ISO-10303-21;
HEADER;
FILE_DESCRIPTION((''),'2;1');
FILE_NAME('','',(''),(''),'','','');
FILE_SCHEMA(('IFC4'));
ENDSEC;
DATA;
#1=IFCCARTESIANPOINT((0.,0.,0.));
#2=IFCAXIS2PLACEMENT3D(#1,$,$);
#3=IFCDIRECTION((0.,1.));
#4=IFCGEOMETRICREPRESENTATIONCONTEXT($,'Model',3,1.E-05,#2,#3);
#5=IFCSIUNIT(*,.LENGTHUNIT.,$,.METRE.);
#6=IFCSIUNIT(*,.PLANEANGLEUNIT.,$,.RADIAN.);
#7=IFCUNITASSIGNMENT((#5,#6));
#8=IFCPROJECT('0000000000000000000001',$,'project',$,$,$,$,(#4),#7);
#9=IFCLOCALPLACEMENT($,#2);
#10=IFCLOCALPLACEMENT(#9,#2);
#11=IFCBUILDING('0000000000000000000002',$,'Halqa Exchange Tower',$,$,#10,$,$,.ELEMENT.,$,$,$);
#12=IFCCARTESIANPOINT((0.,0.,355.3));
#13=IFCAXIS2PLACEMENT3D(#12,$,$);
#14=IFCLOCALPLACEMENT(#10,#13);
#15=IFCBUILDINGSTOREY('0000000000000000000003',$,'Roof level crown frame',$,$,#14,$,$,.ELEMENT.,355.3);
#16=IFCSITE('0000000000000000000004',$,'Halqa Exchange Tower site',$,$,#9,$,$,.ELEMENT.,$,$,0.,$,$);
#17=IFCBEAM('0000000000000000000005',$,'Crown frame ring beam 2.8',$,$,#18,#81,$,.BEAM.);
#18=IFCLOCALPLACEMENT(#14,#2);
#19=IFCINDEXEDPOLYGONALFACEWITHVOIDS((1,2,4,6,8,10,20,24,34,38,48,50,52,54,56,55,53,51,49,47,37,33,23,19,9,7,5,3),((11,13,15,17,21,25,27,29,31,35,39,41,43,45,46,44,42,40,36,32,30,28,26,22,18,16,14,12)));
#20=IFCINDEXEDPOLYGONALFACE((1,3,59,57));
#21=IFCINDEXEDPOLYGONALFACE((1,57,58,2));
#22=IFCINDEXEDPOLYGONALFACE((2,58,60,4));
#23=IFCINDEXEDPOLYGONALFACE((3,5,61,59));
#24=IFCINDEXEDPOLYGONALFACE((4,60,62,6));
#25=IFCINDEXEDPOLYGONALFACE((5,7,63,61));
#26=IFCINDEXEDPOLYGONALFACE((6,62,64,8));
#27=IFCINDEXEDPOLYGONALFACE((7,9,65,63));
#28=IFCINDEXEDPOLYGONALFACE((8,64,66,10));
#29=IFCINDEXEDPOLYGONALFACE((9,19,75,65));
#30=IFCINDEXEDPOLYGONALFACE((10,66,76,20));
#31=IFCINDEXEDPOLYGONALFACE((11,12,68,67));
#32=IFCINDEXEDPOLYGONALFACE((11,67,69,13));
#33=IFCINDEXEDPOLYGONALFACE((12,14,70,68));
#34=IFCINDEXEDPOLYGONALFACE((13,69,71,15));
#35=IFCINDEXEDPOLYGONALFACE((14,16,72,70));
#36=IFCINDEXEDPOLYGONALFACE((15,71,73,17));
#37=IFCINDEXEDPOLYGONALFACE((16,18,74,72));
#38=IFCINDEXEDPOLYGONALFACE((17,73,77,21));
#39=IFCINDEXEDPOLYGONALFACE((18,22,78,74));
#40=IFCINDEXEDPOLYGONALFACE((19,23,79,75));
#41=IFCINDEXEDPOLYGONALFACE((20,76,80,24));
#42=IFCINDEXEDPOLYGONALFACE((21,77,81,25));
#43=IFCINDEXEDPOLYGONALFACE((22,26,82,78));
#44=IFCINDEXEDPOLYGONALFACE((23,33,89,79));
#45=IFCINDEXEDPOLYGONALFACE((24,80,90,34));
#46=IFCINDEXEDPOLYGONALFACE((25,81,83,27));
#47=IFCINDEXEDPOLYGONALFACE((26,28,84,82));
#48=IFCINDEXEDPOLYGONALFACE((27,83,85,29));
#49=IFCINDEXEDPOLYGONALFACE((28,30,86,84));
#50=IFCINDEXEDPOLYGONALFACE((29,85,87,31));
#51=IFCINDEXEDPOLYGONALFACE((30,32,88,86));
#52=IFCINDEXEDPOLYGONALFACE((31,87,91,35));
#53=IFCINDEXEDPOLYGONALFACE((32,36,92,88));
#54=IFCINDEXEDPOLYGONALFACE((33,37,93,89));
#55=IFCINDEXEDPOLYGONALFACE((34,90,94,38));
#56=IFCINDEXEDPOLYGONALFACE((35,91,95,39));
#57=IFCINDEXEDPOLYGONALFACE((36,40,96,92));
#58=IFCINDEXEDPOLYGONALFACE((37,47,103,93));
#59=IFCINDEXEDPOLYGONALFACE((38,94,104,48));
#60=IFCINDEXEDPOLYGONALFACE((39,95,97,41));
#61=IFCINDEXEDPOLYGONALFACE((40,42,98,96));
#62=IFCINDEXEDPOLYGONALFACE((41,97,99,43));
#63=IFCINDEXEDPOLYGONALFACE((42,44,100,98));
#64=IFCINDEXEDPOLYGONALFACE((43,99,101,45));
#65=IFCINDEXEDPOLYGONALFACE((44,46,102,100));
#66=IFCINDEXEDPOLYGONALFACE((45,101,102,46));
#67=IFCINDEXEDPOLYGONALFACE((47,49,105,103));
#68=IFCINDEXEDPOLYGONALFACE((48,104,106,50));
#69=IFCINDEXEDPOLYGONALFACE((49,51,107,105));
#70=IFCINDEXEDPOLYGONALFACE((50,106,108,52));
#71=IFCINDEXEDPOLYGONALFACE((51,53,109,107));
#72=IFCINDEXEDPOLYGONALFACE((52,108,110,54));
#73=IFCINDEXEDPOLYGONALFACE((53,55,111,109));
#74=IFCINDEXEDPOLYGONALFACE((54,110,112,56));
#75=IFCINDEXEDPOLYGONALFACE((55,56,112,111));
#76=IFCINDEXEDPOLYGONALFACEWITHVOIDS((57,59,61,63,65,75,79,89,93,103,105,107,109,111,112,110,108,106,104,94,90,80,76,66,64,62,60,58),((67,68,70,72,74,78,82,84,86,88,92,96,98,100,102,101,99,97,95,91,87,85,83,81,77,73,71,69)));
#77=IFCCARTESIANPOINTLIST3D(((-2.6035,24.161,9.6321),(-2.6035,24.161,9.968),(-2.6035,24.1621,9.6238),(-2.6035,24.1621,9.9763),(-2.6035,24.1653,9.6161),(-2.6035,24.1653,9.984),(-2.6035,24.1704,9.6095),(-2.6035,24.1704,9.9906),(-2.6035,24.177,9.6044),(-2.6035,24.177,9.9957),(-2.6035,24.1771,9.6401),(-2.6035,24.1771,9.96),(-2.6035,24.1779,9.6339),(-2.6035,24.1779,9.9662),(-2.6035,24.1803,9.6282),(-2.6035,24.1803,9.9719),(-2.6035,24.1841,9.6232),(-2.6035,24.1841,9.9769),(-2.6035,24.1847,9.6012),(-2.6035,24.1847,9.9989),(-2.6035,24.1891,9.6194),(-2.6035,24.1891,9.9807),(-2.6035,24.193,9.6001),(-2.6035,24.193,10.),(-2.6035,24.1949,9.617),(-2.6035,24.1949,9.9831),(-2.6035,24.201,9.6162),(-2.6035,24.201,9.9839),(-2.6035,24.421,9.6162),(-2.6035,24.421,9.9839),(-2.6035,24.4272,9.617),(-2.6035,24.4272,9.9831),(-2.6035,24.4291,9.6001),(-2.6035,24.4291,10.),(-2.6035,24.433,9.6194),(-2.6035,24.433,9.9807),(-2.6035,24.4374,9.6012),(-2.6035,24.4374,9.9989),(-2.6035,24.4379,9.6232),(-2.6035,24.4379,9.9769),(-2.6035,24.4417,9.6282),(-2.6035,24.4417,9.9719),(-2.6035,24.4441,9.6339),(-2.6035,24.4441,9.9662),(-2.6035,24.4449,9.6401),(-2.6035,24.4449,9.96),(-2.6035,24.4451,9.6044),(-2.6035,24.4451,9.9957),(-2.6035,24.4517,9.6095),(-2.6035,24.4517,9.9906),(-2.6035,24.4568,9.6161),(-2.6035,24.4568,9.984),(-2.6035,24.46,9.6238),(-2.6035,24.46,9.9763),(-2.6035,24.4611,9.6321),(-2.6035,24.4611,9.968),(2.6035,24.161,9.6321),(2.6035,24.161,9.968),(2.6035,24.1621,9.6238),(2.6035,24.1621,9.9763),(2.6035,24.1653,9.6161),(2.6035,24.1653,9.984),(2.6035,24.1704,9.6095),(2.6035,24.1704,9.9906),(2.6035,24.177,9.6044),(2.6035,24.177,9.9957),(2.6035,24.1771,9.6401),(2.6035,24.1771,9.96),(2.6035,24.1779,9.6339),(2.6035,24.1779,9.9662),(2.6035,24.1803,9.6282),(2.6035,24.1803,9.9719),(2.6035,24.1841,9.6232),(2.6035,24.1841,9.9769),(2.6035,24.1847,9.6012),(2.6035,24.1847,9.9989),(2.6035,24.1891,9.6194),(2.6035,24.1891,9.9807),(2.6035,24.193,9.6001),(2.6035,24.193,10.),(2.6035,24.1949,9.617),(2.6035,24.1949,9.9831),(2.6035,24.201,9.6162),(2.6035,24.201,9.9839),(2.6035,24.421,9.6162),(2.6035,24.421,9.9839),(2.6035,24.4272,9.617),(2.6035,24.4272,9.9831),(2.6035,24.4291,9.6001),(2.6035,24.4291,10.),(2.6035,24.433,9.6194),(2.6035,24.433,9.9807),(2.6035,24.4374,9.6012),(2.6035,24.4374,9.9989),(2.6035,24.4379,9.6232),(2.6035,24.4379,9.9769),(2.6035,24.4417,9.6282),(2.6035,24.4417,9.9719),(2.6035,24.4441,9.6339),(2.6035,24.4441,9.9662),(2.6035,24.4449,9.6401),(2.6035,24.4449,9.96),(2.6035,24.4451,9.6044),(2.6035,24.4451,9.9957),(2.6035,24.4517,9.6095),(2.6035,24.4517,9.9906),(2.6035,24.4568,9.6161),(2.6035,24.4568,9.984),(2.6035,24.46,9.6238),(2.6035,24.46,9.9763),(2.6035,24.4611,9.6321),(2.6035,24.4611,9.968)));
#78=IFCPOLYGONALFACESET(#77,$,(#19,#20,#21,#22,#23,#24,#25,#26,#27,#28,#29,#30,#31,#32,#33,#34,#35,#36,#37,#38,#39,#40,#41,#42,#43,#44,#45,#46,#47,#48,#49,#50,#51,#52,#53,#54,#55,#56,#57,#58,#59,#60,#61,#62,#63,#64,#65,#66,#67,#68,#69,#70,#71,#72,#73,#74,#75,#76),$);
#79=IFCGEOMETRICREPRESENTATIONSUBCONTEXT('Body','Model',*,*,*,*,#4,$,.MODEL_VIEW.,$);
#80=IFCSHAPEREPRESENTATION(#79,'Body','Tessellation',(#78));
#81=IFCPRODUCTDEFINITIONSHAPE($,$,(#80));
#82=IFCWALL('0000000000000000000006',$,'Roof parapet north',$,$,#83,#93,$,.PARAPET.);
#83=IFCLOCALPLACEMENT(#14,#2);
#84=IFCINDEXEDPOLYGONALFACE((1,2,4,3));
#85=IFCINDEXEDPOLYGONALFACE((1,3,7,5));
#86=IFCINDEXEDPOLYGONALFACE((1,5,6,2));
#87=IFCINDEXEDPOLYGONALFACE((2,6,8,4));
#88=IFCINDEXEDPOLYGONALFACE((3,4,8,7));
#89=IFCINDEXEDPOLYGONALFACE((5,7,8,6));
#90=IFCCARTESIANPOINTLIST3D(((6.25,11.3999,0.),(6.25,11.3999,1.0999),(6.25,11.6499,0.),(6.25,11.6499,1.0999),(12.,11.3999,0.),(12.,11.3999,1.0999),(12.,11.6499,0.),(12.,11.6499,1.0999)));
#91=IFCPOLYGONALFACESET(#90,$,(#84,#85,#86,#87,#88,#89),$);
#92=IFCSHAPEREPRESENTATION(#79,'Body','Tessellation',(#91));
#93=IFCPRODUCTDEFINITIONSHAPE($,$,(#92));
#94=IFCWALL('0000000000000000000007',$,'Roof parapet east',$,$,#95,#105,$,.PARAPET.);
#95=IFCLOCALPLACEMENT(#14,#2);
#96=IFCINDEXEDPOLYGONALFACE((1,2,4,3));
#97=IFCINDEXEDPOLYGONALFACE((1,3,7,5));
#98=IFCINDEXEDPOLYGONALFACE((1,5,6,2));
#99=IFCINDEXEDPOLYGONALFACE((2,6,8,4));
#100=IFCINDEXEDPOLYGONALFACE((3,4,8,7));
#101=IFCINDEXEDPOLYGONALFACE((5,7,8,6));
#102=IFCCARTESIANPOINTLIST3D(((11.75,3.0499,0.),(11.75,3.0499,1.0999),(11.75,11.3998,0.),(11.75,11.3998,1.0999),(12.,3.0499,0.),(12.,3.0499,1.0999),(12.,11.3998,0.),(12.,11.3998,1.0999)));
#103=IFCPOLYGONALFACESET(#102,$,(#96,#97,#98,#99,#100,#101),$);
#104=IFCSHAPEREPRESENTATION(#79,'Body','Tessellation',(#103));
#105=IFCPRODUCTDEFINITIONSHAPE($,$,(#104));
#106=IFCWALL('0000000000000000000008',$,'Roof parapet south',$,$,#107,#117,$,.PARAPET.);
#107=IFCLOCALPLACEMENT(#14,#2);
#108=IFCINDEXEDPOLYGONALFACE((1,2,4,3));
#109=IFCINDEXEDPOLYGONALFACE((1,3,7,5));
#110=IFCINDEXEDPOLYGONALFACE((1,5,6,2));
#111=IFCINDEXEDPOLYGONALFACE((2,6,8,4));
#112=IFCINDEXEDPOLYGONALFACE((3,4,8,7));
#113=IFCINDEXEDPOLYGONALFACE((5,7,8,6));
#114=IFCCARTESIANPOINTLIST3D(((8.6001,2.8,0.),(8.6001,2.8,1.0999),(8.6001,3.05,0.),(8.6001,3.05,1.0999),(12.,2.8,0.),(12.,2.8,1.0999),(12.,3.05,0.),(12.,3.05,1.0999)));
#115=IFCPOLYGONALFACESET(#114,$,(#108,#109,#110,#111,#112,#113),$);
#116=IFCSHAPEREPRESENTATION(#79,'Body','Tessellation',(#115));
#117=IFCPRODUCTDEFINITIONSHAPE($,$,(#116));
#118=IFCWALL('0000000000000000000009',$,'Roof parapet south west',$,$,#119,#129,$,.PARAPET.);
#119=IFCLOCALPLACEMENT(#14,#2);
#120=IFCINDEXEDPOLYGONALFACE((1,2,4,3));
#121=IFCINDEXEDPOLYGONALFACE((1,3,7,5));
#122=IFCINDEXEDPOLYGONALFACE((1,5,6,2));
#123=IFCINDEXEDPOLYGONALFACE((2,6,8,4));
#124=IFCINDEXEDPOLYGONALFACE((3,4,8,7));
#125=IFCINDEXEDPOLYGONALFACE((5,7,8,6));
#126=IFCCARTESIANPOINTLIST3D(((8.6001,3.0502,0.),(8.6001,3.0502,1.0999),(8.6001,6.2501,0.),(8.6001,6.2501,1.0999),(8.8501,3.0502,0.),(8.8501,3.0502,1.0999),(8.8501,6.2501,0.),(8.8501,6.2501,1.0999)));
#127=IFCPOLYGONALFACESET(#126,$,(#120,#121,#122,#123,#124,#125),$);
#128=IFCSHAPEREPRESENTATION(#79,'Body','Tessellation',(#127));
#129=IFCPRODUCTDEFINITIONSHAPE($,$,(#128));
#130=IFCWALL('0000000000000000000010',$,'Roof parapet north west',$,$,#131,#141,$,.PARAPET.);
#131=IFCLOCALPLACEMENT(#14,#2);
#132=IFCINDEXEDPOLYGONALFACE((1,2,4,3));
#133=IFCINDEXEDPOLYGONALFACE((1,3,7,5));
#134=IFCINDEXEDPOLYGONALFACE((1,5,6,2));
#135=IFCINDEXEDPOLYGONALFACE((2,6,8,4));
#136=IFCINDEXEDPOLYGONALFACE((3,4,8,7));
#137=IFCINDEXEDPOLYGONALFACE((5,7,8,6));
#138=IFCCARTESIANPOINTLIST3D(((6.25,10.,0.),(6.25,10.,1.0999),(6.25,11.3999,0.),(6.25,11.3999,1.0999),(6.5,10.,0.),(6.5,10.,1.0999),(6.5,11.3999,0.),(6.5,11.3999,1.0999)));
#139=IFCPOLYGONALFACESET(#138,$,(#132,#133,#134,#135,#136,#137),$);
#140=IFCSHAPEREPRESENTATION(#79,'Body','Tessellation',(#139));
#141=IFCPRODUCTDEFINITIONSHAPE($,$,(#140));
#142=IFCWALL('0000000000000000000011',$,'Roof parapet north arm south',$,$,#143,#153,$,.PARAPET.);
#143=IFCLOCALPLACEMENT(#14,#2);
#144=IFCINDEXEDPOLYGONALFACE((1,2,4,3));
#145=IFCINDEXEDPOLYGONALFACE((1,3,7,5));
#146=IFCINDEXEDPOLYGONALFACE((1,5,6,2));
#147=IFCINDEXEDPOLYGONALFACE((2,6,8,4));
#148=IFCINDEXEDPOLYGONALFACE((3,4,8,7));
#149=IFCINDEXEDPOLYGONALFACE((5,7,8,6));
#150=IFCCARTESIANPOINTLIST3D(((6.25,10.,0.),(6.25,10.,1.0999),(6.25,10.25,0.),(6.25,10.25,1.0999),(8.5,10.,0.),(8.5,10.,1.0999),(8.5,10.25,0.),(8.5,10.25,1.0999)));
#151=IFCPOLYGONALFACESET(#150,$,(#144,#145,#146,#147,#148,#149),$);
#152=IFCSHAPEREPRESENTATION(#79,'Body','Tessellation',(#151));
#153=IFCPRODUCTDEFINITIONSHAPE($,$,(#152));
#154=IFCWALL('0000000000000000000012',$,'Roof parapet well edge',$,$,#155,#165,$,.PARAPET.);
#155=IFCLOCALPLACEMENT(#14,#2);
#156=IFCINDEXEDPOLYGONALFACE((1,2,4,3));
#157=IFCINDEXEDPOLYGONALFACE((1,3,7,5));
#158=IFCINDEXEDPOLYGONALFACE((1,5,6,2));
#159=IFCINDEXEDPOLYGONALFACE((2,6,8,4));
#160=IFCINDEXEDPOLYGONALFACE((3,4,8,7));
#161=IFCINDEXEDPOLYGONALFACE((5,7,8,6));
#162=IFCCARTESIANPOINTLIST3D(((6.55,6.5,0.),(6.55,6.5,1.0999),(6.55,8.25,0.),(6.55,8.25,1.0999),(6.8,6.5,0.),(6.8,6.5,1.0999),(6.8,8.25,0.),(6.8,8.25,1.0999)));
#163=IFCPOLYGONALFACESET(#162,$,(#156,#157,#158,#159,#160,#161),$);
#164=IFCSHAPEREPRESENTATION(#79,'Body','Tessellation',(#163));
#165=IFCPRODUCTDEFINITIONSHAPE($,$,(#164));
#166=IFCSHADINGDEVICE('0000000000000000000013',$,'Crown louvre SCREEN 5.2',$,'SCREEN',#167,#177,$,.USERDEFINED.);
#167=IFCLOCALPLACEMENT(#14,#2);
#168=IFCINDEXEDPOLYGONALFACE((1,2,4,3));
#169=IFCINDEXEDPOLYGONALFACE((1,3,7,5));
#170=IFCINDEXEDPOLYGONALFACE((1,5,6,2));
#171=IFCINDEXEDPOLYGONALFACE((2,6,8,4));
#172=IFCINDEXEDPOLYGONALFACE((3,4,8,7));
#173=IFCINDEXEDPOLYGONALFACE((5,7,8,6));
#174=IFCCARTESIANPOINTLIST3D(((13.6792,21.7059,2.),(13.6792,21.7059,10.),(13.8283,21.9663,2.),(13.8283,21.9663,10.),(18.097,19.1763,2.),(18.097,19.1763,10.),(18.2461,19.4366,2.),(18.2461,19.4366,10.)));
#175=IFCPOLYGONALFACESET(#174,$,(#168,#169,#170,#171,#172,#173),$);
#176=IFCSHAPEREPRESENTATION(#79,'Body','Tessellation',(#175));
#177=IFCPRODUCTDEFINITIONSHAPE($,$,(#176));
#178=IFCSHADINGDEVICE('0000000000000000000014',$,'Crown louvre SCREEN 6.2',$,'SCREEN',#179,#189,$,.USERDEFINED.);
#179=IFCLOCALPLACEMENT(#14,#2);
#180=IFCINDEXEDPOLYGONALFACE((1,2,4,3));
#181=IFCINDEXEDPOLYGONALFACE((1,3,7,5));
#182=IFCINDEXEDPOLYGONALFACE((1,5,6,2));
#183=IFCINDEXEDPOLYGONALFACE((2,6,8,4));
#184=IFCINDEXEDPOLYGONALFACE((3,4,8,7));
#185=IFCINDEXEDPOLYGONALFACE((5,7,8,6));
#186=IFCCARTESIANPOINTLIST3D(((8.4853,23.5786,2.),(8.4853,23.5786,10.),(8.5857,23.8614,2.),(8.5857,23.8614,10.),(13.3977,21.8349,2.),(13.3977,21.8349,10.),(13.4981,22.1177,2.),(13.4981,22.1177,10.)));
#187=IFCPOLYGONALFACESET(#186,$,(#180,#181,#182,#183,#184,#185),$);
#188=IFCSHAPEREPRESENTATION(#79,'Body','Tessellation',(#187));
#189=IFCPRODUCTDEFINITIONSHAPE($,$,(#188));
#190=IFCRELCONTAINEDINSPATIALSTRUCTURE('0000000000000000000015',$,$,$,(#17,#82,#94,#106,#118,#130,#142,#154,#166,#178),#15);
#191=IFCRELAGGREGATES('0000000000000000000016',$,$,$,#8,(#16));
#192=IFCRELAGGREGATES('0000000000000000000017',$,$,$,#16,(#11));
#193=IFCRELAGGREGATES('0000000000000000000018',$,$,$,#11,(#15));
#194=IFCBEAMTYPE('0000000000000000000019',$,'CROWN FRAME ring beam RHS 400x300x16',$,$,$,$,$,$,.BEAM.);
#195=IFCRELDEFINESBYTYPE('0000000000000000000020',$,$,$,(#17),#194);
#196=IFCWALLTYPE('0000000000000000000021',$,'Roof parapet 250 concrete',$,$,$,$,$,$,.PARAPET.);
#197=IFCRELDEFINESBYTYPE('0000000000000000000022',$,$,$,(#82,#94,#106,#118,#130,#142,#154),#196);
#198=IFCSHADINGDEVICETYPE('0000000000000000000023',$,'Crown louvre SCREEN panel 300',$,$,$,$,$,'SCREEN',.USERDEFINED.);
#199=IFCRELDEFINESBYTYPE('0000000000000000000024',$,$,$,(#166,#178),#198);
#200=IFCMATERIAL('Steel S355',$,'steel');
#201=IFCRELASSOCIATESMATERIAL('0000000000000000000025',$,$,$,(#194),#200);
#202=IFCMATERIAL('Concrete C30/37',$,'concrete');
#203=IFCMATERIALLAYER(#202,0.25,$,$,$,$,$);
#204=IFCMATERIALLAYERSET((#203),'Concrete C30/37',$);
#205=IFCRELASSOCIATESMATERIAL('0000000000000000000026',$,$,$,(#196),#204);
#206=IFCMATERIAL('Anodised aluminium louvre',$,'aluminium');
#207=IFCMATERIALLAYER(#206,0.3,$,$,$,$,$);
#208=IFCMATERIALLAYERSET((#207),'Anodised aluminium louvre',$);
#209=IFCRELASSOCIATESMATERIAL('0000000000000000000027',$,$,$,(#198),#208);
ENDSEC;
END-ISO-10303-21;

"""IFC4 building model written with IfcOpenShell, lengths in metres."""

from ifc_helpers import new_model, si_unit, direction, frame, frame_2d, origin, origin_2d, place, context, subcontext, project, spatial, rectangle, hollow_rectangle, extrude, material, layer, layer_set, material_profile, profile_set, type_object, element, save


model = new_model("IFC4")

# Units and contexts
model_context = context("Model", 3, precision=1e-05, world=origin(), true_north=direction((0.0, 1.0)))
body_context = subcontext(model_context, "Body", "Model", "MODEL_VIEW")
ifc_project = project(units=[si_unit("LENGTHUNIT", "METRE"), si_unit("PLANEANGLEUNIT", "RADIAN")], contexts=[model_context])

# Site, building, storey
site_placement = place(None, origin())
site = spatial("IfcSite", under=ifc_project, at=site_placement, Name="Halqa Exchange Tower site", CompositionType="ELEMENT", RefElevation=0.0)
building_placement = place(site_placement, origin())
building = spatial("IfcBuilding", under=site, at=building_placement, Name="Halqa Exchange Tower", CompositionType="ELEMENT")
storey_placement = place(building_placement, frame((0.0, 0.0, 355.3)))
storey = spatial("IfcBuildingStorey", under=building, at=storey_placement, Name="Roof level crown frame", CompositionType="ELEMENT", Elevation=355.3)

# Shared definitions
ifc_material_1 = material(Name="Steel S355", Category="steel")

# Beam
ifc_material_profile_1 = material_profile(ifc_material_1, hollow_rectangle(XDim=0.3, YDim=0.3999, WallThickness=0.0161, InnerFilletRadius=0.0239, OuterFilletRadius=0.032, at=origin_2d()), Name="RHS 400x300x16")
ifc_profile_set_1 = profile_set([ifc_material_profile_1], Name="Steel S355")
beam_type = type_object("IfcBeamType", Name="CROWN FRAME ring beam RHS 400x300x16", PredefinedType="BEAM", material=ifc_profile_set_1)
beam_1_placement = place(storey_placement, frame((2.6035, 24.311, 9.8), z_axis=(-1.0, 0.0, 0.0), x_axis=(0.0, -1.0, 0.0)))
element("IfcBeam", 1, at=beam_1_placement, inside=storey, type_object=beam_type, Name="Crown frame ring beam 2.8", PredefinedType="BEAM", context=body_context, shape_type="SweptSolid", body=[
    extrude(hollow_rectangle(XDim=0.3, YDim=0.3999, WallThickness=0.0161, InnerFilletRadius=0.0239, OuterFilletRadius=0.032, at=origin_2d()), origin(), (0.0, 0.0, 1.0), 5.207),
])

# Walls
ifc_material_2 = material(Name="Concrete C30/37", Category="concrete")
ifc_layer_1 = layer(ifc_material_2, 0.25)
ifc_layer_set_1 = layer_set([ifc_layer_1], Name="Concrete C30/37")
wall_type = type_object("IfcWallType", Name="Roof parapet 250 concrete", PredefinedType="PARAPET", material=ifc_layer_set_1)
wall_1_placement = place(storey_placement, frame((6.25, 11.5249, 0.0), z_axis=(0.0, 0.0, 1.0), x_axis=(1.0, 0.0, 0.0)))
element("IfcWall", 2, at=wall_1_placement, inside=storey, type_object=wall_type, Name="Roof parapet north", PredefinedType="PARAPET", context=body_context, shape_type="SweptSolid", body=[
    extrude(rectangle(XDim=5.75, YDim=0.25, at=frame_2d((2.875, 0.0))), origin(), (0.0, 0.0, 1.0), 1.0999),
])
wall_2_placement = place(storey_placement, frame((11.875, 3.05, 0.0), z_axis=(0.0, 0.0, 1.0), x_axis=(0.0, 1.0, 0.0)))
element("IfcWall", 3, at=wall_2_placement, inside=storey, type_object=wall_type, Name="Roof parapet east", PredefinedType="PARAPET", context=body_context, shape_type="SweptSolid", body=[
    extrude(rectangle(XDim=8.3499, YDim=0.25, at=frame_2d((4.1748, 0.0))), origin(), (0.0, 0.0, 1.0), 1.0999),
])
wall_3_placement = place(storey_placement, frame((8.6001, 2.925, 0.0), z_axis=(0.0, 0.0, 1.0), x_axis=(1.0, 0.0, 0.0)))
element("IfcWall", 4, at=wall_3_placement, inside=storey, type_object=wall_type, Name="Roof parapet south", PredefinedType="PARAPET", context=body_context, shape_type="SweptSolid", body=[
    extrude(rectangle(XDim=3.3999, YDim=0.25, at=frame_2d((1.7, 0.0))), origin(), (0.0, 0.0, 1.0), 1.0999),
])
wall_4_placement = place(storey_placement, frame((8.7251, 3.05, 0.0), z_axis=(0.0, 0.0, 1.0), x_axis=(0.0, 1.0, 0.0)))
element("IfcWall", 5, at=wall_4_placement, inside=storey, type_object=wall_type, Name="Roof parapet south west", PredefinedType="PARAPET", context=body_context, shape_type="SweptSolid", body=[
    extrude(rectangle(XDim=3.2, YDim=0.25, at=frame_2d((1.6001, 0.0))), origin(), (0.0, 0.0, 1.0), 1.0999),
])
wall_5_placement = place(storey_placement, frame((6.375, 10.0, 0.0), z_axis=(0.0, 0.0, 1.0), x_axis=(0.0, 1.0, 0.0)))
element("IfcWall", 6, at=wall_5_placement, inside=storey, type_object=wall_type, Name="Roof parapet north west", PredefinedType="PARAPET", context=body_context, shape_type="SweptSolid", body=[
    extrude(rectangle(XDim=1.3999, YDim=0.25, at=frame_2d((0.7, 0.0))), origin(), (0.0, 0.0, 1.0), 1.0999),
])
wall_6_placement = place(storey_placement, frame((6.25, 10.125, 0.0), z_axis=(0.0, 0.0, 1.0), x_axis=(1.0, 0.0, 0.0)))
element("IfcWall", 7, at=wall_6_placement, inside=storey, type_object=wall_type, Name="Roof parapet north arm south", PredefinedType="PARAPET", context=body_context, shape_type="SweptSolid", body=[
    extrude(rectangle(XDim=2.25, YDim=0.25, at=frame_2d((1.125, 0.0))), origin(), (0.0, 0.0, 1.0), 1.0999),
])
wall_7_placement = place(storey_placement, frame((6.675, 6.5, 0.0), z_axis=(0.0, 0.0, 1.0), x_axis=(0.0, 1.0, 0.0)))
element("IfcWall", 8, at=wall_7_placement, inside=storey, type_object=wall_type, Name="Roof parapet well edge", PredefinedType="PARAPET", context=body_context, shape_type="SweptSolid", body=[
    extrude(rectangle(XDim=1.75, YDim=0.25, at=frame_2d((0.875, 0.0))), origin(), (0.0, 0.0, 1.0), 1.0999),
])

# Shading devices
ifc_material_3 = material(Name="Anodised aluminium louvre", Category="aluminium")
ifc_layer_2 = layer(ifc_material_3, 0.3)
ifc_layer_set_2 = layer_set([ifc_layer_2], Name="Anodised aluminium louvre")
shading_device_type = type_object("IfcShadingDeviceType", Name="Crown louvre SCREEN panel 300", ElementType="SCREEN", PredefinedType="USERDEFINED", material=ifc_layer_set_2)
shading_device_1_placement = place(storey_placement, frame((15.9626, 20.5713, 2.0), z_axis=(0.0, 0.0, 1.0), x_axis=(-0.867804, 0.496907, 0.0)))
element("IfcShadingDevice", 9, at=shading_device_1_placement, inside=storey, type_object=shading_device_type, Name="Crown louvre SCREEN 5.2", ObjectType="SCREEN", PredefinedType="USERDEFINED", context=body_context, shape_type="SweptSolid", body=[
    extrude(rectangle(XDim=5.0908, YDim=0.3, at=origin_2d()), origin(), (0.0, 0.0, 1.0), 8.0),
])
shading_device_2_placement = place(storey_placement, frame((10.9917, 22.8481, 2.0), z_axis=(0.0, 0.0, 1.0), x_axis=(-0.942388, 0.334522, 0.0)))
element("IfcShadingDevice", 10, at=shading_device_2_placement, inside=storey, type_object=shading_device_type, Name="Crown louvre SCREEN 6.2", ObjectType="SCREEN", PredefinedType="USERDEFINED", context=body_context, shape_type="SweptSolid", body=[
    extrude(rectangle(XDim=5.2126, YDim=0.3, at=origin_2d()), origin(), (0.0, 0.0, 1.0), 8.0),
])

save(model, "model.ifc")
